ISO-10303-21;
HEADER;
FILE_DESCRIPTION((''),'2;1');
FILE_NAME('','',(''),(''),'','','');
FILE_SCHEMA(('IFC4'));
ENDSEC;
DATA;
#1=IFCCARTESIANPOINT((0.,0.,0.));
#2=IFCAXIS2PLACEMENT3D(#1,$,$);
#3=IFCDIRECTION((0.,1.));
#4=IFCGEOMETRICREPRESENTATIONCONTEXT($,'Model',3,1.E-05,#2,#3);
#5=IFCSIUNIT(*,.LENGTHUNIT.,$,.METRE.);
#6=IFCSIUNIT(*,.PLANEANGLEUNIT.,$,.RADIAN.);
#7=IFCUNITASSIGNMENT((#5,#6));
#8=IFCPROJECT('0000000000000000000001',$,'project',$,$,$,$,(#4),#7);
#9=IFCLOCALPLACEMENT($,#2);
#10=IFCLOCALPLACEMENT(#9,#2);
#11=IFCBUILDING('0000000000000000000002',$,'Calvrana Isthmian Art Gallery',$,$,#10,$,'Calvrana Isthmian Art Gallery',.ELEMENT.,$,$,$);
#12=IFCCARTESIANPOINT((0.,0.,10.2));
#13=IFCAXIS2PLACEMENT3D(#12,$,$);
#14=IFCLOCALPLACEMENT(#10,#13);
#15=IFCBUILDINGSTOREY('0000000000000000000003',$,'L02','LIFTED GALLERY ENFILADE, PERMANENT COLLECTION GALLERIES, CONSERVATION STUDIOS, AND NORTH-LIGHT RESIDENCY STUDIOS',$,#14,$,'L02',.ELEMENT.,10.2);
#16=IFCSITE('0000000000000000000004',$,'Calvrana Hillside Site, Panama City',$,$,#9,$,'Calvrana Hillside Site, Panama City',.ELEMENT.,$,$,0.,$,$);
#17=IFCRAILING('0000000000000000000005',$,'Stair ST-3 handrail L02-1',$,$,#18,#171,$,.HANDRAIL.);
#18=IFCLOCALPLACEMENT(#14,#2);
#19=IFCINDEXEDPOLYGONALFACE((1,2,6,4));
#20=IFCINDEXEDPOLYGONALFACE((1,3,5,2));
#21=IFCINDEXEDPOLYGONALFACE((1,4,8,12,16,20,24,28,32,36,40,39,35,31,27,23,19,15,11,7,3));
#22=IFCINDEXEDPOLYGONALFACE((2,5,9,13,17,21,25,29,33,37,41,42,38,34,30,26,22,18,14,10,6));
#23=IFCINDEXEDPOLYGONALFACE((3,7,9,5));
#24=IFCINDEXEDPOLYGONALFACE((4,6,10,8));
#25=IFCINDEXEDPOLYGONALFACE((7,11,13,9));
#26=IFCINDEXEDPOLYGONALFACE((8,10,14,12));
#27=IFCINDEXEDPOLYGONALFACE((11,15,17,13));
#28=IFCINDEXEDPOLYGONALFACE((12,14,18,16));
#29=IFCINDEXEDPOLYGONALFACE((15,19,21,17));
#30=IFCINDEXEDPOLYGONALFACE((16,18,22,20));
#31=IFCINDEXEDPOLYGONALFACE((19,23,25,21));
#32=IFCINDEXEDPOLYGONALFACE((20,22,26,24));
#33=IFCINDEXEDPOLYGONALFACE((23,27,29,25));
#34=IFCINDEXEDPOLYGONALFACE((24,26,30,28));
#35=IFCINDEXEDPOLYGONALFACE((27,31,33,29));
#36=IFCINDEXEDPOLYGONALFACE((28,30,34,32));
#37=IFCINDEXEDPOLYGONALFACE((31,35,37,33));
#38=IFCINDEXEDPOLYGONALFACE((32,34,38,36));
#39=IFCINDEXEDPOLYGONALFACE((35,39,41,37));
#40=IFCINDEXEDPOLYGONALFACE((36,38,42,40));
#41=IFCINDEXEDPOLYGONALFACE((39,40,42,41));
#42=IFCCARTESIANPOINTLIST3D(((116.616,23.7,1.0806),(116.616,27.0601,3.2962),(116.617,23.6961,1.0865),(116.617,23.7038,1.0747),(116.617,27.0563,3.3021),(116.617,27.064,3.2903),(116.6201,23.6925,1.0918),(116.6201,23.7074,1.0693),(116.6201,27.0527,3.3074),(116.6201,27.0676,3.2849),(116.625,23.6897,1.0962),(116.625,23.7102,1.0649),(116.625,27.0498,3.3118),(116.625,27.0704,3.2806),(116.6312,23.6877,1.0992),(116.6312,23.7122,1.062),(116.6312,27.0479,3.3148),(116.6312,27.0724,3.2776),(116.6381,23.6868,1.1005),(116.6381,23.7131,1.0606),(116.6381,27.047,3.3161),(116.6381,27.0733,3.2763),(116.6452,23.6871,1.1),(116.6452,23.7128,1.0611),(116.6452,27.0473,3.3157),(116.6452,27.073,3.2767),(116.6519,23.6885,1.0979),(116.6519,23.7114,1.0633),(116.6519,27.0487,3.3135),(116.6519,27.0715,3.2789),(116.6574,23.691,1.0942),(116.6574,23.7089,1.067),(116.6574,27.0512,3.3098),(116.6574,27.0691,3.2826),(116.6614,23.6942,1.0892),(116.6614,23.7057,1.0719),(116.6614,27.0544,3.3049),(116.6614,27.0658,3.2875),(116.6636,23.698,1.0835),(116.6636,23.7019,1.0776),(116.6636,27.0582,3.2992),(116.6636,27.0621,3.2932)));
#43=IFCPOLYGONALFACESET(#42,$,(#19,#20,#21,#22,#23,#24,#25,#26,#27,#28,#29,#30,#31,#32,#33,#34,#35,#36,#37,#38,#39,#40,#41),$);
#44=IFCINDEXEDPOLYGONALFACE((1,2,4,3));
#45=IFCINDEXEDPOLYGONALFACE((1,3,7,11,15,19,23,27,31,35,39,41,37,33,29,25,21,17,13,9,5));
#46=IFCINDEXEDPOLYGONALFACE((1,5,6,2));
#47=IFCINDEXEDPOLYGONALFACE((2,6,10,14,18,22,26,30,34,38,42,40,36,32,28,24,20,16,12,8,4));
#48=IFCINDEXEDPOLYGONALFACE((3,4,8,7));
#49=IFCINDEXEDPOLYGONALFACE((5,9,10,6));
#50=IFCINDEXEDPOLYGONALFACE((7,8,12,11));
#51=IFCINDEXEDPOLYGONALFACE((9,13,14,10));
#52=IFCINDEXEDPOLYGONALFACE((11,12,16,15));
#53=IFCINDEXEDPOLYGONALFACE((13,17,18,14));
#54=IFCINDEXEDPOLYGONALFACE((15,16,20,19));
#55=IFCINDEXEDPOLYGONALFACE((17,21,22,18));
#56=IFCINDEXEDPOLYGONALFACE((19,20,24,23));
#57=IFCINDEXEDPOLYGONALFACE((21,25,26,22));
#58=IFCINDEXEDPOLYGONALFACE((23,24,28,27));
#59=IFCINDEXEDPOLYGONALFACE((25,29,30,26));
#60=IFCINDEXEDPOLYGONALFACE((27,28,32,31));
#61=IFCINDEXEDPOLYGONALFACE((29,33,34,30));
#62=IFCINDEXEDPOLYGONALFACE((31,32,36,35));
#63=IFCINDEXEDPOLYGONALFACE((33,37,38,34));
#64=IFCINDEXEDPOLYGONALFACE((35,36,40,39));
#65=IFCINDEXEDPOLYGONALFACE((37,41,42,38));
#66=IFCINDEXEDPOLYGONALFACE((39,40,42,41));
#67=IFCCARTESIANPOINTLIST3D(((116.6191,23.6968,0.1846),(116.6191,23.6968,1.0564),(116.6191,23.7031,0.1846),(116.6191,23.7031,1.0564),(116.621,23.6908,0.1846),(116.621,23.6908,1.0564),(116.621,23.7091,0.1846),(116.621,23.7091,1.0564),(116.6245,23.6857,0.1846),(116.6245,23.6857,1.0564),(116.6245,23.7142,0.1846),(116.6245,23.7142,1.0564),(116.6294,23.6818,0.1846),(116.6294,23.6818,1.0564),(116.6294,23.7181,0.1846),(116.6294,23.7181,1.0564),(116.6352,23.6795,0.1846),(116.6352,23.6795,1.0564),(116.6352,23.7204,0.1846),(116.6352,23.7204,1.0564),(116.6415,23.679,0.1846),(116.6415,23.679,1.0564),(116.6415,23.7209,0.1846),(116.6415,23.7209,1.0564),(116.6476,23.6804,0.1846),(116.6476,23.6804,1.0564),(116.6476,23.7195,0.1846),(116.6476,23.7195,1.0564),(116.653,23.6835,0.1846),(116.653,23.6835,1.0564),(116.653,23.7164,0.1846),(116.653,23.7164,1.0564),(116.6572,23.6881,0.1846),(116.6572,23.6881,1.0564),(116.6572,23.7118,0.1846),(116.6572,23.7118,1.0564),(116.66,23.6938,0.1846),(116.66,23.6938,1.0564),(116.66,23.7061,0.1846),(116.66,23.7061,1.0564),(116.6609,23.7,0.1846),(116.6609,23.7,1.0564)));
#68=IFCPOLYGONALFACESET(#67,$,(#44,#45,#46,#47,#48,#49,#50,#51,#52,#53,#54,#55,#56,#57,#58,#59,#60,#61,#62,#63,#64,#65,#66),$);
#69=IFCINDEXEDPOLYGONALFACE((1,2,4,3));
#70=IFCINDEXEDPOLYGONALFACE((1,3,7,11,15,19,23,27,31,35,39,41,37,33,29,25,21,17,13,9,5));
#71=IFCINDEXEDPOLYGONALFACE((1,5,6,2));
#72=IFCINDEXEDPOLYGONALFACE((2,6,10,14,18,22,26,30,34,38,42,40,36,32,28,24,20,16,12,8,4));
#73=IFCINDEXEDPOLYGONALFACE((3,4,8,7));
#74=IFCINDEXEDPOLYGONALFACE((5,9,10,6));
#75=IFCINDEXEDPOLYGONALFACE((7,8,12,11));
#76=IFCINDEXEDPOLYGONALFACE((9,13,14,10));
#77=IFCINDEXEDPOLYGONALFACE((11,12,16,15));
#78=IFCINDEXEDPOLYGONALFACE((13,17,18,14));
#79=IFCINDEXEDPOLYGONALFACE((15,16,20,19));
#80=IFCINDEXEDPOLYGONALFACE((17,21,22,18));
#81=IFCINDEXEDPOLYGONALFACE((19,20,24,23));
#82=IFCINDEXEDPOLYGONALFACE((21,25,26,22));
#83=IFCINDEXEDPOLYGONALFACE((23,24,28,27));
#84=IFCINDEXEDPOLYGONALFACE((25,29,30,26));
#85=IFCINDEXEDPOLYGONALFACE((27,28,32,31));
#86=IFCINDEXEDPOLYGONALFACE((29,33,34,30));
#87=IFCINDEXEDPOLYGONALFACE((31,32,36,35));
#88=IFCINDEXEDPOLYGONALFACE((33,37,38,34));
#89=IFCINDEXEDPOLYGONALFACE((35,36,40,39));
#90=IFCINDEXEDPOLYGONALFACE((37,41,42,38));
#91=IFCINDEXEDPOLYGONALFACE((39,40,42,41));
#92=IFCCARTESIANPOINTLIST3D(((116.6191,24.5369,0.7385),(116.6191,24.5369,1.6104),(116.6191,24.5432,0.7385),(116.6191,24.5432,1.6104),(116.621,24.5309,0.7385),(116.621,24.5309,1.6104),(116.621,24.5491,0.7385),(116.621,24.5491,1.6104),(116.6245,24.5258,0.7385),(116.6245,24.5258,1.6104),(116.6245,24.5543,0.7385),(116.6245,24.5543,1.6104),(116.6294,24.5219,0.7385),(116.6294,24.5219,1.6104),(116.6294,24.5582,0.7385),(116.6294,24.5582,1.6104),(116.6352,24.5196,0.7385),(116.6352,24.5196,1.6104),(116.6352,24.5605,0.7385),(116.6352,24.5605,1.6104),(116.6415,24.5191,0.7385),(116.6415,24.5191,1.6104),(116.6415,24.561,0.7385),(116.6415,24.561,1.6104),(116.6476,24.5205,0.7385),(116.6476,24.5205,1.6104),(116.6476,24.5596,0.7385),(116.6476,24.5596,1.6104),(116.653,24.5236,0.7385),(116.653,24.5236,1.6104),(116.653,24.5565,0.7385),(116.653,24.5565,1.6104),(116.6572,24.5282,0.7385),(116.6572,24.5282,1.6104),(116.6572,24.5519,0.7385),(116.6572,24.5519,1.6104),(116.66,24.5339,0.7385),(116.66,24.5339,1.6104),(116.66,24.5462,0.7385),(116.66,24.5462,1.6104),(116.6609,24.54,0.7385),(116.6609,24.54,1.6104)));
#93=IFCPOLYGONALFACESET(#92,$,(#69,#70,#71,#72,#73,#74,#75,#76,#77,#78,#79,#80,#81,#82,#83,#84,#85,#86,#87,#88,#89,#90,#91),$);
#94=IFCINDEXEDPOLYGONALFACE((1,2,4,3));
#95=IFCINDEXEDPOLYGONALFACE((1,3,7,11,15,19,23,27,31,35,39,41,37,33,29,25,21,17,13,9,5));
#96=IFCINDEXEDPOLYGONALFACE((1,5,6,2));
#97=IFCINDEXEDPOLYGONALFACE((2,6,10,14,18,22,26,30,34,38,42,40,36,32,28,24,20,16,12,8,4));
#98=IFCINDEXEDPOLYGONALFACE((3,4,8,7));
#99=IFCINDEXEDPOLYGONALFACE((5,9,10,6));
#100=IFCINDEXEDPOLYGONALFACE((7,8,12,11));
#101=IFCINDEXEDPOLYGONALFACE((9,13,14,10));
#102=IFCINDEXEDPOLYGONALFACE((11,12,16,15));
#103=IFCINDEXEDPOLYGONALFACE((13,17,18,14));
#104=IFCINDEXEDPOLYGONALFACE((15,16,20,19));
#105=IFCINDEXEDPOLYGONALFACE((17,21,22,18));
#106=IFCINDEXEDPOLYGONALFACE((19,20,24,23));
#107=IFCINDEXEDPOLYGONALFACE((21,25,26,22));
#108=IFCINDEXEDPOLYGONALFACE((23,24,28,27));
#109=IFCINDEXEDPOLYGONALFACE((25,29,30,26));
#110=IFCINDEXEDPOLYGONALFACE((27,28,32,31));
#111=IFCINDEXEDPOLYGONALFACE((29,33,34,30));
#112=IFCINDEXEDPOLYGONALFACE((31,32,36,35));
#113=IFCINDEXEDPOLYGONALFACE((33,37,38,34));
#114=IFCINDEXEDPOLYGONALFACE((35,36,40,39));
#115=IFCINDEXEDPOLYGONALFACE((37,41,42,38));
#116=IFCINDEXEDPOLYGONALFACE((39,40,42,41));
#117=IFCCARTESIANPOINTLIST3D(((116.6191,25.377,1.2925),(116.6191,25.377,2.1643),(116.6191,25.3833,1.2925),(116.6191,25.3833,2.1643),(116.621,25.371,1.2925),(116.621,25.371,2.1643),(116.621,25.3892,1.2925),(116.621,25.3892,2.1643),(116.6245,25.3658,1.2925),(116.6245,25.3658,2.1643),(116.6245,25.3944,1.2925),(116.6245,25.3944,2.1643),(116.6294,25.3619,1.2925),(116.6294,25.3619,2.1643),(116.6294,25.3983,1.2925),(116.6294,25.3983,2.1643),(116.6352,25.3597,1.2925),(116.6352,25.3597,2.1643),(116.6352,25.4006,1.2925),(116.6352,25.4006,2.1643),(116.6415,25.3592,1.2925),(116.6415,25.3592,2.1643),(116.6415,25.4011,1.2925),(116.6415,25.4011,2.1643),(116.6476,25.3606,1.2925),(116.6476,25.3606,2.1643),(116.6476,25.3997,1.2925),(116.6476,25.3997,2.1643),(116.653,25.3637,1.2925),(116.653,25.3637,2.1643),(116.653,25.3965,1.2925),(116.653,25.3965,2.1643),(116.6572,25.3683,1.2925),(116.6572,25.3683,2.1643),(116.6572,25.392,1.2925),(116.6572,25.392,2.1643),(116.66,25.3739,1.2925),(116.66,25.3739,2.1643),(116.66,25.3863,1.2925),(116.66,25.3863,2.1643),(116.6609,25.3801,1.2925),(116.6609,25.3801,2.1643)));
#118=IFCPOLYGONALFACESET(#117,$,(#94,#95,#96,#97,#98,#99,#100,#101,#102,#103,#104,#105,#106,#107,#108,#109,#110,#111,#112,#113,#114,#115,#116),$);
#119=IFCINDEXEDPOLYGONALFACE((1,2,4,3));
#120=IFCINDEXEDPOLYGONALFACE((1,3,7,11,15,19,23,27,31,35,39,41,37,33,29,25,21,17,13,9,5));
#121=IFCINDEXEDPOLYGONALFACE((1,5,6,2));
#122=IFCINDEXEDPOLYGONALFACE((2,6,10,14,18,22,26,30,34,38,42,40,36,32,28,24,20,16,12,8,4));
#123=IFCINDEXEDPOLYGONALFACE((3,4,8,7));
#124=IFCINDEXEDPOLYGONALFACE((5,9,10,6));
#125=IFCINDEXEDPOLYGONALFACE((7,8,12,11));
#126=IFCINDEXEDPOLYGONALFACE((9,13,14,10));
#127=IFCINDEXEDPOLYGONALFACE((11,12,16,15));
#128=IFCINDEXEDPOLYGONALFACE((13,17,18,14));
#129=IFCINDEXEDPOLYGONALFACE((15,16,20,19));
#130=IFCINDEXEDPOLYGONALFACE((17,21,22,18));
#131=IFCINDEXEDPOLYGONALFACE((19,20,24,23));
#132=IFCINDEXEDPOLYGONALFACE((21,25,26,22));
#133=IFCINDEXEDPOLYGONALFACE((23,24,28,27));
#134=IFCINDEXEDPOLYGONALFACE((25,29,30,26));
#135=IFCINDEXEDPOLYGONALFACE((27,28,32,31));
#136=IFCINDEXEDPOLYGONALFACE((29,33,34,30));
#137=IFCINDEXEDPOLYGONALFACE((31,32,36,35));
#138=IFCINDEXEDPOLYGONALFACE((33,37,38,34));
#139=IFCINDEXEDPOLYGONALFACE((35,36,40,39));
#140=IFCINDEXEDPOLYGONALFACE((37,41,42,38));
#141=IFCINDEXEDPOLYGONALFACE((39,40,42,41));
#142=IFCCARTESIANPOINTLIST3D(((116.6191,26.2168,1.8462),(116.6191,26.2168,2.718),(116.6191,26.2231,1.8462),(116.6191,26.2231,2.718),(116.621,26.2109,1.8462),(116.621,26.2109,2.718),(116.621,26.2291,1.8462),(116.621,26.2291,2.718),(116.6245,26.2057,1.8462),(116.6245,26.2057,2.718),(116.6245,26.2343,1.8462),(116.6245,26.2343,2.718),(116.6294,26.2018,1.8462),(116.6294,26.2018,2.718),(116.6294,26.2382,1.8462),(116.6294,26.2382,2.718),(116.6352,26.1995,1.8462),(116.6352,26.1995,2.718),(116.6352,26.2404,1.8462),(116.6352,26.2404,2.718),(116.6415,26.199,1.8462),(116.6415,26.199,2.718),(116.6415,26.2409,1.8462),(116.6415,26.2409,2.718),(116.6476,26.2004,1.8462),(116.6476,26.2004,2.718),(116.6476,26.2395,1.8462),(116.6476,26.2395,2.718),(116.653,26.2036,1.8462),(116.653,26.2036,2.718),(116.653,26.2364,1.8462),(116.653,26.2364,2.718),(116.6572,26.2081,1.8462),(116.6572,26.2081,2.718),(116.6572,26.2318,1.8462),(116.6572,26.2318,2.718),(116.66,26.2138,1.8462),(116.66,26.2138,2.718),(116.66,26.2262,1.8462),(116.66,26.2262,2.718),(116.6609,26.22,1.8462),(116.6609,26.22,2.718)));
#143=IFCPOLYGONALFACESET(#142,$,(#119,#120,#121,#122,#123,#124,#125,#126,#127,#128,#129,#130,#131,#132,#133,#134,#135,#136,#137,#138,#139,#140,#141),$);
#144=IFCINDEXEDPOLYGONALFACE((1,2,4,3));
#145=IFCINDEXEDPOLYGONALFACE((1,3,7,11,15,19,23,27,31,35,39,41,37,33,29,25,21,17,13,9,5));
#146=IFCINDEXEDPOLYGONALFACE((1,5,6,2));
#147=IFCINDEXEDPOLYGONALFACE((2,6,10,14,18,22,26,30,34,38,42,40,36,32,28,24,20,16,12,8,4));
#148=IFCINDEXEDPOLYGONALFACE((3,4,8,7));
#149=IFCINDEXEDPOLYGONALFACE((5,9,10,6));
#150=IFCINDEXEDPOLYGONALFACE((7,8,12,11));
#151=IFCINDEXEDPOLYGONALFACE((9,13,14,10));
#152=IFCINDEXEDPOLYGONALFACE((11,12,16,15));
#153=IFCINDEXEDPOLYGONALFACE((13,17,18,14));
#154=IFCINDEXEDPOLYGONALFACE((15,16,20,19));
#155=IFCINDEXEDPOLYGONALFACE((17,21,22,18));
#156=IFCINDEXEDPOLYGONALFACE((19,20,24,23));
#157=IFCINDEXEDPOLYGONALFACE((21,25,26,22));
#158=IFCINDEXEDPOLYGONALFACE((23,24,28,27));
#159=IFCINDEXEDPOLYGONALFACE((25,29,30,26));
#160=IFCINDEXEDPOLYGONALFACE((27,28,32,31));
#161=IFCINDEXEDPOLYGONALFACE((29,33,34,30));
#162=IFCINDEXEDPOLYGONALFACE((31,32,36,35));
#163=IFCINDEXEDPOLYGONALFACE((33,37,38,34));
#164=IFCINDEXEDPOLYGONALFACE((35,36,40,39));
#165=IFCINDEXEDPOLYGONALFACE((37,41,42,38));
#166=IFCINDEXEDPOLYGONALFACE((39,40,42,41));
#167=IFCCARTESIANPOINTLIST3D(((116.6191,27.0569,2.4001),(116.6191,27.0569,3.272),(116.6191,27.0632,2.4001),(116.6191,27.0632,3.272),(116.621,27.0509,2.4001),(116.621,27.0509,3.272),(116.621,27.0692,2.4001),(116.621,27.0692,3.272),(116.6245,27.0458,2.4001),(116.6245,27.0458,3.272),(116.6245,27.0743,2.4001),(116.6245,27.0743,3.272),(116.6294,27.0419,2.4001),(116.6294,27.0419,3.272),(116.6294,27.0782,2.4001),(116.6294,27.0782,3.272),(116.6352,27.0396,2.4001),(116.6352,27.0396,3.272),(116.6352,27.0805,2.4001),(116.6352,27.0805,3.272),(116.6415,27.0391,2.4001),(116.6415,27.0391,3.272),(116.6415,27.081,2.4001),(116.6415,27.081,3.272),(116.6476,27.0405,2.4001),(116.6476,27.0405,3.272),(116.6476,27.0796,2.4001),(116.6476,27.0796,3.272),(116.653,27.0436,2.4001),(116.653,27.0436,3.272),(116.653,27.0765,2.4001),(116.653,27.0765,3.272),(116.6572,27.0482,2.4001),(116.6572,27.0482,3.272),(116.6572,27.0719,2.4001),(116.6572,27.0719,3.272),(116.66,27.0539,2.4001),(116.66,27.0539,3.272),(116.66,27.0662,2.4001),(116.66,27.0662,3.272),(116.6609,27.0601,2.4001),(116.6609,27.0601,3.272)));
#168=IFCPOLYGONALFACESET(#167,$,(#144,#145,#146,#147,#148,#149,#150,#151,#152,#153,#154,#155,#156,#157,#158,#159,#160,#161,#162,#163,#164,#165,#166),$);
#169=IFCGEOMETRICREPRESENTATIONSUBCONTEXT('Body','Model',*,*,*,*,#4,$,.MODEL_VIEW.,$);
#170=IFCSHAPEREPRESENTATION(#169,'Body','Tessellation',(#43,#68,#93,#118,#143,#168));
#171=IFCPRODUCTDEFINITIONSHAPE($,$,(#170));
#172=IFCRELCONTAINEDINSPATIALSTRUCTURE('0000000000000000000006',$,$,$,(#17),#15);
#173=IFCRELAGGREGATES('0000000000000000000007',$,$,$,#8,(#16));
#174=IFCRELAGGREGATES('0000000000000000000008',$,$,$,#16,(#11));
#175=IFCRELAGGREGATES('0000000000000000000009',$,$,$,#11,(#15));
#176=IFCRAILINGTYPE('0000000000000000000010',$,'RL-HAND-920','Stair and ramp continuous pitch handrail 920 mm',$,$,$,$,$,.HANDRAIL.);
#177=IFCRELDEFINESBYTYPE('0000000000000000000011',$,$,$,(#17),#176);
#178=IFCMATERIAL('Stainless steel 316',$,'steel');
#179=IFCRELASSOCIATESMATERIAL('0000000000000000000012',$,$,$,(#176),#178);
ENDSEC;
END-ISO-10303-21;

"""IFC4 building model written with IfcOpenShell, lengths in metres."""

from ifc_helpers import new_model, si_unit, direction, frame, origin, origin_2d, place, context, subcontext, project, spatial, circle, extrude, material, type_object, element, save


model = new_model("IFC4")

# Units and contexts
model_context = context("Model", 3, precision=1e-05, world=origin(), true_north=direction((0.0, 1.0)))
body_context = subcontext(model_context, "Body", "Model", "MODEL_VIEW")
ifc_project = project(units=[si_unit("LENGTHUNIT", "METRE"), si_unit("PLANEANGLEUNIT", "RADIAN")], contexts=[model_context])

# Site, building, storey
site_placement = place(None, origin())
site = spatial("IfcSite", under=ifc_project, at=site_placement, Name="Calvrana Hillside Site, Panama City", LongName="Calvrana Hillside Site, Panama City", CompositionType="ELEMENT", RefElevation=0.0)
building_placement = place(site_placement, origin())
building = spatial("IfcBuilding", under=site, at=building_placement, Name="Calvrana Isthmian Art Gallery", LongName="Calvrana Isthmian Art Gallery", CompositionType="ELEMENT")
storey_placement = place(building_placement, frame((0.0, 0.0, 10.2)))
storey = spatial("IfcBuildingStorey", under=building, at=storey_placement, Name="L02", Description="LIFTED GALLERY ENFILADE, PERMANENT COLLECTION GALLERIES, CONSERVATION STUDIOS, AND NORTH-LIGHT RESIDENCY STUDIOS", LongName="L02", CompositionType="ELEMENT", Elevation=10.2)

# Shared definitions
ifc_material_1 = material(Name="Stainless steel 316", Category="steel")

# Railing
railing_type_1 = type_object("IfcRailingType", Name="RL-HAND-920", Description="Stair and ramp continuous pitch handrail 920 mm", PredefinedType="HANDRAIL", material=ifc_material_1)
railing_1_placement = place(storey_placement, frame((116.6399, 23.7, 0.1846)))
element("IfcRailing", 1, at=railing_1_placement, inside=storey, type_object=railing_type_1, Name="Stair ST-3 handrail L02-1", PredefinedType="HANDRAIL", context=body_context, shape_type="SweptSolid", body=[
    extrude(circle(Radius=0.0239, at=origin_2d()), frame((0.0, 0.0, 0.896), z_axis=(0.0, 0.834849, 0.55048), x_axis=(-1.0, 0.0, 0.0)), (0.0, 0.0, 1.0), 4.0249),
    extrude(circle(Radius=0.021, at=origin_2d()), origin(), (0.0, 0.0, 1.0), 0.8718),
    extrude(circle(Radius=0.021, at=origin_2d()), frame((0.0, 0.8401, 0.554)), (0.0, 0.0, 1.0), 0.8718),
    extrude(circle(Radius=0.021, at=origin_2d()), frame((0.0, 1.6802, 1.1079)), (0.0, 0.0, 1.0), 0.8718),
    extrude(circle(Radius=0.021, at=origin_2d()), frame((0.0, 2.52, 1.6616)), (0.0, 0.0, 1.0), 0.8718),
    extrude(circle(Radius=0.021, at=origin_2d()), frame((0.0, 3.3601, 2.2156)), (0.0, 0.0, 1.0), 0.8718),
])

save(model, "model.ifc")
